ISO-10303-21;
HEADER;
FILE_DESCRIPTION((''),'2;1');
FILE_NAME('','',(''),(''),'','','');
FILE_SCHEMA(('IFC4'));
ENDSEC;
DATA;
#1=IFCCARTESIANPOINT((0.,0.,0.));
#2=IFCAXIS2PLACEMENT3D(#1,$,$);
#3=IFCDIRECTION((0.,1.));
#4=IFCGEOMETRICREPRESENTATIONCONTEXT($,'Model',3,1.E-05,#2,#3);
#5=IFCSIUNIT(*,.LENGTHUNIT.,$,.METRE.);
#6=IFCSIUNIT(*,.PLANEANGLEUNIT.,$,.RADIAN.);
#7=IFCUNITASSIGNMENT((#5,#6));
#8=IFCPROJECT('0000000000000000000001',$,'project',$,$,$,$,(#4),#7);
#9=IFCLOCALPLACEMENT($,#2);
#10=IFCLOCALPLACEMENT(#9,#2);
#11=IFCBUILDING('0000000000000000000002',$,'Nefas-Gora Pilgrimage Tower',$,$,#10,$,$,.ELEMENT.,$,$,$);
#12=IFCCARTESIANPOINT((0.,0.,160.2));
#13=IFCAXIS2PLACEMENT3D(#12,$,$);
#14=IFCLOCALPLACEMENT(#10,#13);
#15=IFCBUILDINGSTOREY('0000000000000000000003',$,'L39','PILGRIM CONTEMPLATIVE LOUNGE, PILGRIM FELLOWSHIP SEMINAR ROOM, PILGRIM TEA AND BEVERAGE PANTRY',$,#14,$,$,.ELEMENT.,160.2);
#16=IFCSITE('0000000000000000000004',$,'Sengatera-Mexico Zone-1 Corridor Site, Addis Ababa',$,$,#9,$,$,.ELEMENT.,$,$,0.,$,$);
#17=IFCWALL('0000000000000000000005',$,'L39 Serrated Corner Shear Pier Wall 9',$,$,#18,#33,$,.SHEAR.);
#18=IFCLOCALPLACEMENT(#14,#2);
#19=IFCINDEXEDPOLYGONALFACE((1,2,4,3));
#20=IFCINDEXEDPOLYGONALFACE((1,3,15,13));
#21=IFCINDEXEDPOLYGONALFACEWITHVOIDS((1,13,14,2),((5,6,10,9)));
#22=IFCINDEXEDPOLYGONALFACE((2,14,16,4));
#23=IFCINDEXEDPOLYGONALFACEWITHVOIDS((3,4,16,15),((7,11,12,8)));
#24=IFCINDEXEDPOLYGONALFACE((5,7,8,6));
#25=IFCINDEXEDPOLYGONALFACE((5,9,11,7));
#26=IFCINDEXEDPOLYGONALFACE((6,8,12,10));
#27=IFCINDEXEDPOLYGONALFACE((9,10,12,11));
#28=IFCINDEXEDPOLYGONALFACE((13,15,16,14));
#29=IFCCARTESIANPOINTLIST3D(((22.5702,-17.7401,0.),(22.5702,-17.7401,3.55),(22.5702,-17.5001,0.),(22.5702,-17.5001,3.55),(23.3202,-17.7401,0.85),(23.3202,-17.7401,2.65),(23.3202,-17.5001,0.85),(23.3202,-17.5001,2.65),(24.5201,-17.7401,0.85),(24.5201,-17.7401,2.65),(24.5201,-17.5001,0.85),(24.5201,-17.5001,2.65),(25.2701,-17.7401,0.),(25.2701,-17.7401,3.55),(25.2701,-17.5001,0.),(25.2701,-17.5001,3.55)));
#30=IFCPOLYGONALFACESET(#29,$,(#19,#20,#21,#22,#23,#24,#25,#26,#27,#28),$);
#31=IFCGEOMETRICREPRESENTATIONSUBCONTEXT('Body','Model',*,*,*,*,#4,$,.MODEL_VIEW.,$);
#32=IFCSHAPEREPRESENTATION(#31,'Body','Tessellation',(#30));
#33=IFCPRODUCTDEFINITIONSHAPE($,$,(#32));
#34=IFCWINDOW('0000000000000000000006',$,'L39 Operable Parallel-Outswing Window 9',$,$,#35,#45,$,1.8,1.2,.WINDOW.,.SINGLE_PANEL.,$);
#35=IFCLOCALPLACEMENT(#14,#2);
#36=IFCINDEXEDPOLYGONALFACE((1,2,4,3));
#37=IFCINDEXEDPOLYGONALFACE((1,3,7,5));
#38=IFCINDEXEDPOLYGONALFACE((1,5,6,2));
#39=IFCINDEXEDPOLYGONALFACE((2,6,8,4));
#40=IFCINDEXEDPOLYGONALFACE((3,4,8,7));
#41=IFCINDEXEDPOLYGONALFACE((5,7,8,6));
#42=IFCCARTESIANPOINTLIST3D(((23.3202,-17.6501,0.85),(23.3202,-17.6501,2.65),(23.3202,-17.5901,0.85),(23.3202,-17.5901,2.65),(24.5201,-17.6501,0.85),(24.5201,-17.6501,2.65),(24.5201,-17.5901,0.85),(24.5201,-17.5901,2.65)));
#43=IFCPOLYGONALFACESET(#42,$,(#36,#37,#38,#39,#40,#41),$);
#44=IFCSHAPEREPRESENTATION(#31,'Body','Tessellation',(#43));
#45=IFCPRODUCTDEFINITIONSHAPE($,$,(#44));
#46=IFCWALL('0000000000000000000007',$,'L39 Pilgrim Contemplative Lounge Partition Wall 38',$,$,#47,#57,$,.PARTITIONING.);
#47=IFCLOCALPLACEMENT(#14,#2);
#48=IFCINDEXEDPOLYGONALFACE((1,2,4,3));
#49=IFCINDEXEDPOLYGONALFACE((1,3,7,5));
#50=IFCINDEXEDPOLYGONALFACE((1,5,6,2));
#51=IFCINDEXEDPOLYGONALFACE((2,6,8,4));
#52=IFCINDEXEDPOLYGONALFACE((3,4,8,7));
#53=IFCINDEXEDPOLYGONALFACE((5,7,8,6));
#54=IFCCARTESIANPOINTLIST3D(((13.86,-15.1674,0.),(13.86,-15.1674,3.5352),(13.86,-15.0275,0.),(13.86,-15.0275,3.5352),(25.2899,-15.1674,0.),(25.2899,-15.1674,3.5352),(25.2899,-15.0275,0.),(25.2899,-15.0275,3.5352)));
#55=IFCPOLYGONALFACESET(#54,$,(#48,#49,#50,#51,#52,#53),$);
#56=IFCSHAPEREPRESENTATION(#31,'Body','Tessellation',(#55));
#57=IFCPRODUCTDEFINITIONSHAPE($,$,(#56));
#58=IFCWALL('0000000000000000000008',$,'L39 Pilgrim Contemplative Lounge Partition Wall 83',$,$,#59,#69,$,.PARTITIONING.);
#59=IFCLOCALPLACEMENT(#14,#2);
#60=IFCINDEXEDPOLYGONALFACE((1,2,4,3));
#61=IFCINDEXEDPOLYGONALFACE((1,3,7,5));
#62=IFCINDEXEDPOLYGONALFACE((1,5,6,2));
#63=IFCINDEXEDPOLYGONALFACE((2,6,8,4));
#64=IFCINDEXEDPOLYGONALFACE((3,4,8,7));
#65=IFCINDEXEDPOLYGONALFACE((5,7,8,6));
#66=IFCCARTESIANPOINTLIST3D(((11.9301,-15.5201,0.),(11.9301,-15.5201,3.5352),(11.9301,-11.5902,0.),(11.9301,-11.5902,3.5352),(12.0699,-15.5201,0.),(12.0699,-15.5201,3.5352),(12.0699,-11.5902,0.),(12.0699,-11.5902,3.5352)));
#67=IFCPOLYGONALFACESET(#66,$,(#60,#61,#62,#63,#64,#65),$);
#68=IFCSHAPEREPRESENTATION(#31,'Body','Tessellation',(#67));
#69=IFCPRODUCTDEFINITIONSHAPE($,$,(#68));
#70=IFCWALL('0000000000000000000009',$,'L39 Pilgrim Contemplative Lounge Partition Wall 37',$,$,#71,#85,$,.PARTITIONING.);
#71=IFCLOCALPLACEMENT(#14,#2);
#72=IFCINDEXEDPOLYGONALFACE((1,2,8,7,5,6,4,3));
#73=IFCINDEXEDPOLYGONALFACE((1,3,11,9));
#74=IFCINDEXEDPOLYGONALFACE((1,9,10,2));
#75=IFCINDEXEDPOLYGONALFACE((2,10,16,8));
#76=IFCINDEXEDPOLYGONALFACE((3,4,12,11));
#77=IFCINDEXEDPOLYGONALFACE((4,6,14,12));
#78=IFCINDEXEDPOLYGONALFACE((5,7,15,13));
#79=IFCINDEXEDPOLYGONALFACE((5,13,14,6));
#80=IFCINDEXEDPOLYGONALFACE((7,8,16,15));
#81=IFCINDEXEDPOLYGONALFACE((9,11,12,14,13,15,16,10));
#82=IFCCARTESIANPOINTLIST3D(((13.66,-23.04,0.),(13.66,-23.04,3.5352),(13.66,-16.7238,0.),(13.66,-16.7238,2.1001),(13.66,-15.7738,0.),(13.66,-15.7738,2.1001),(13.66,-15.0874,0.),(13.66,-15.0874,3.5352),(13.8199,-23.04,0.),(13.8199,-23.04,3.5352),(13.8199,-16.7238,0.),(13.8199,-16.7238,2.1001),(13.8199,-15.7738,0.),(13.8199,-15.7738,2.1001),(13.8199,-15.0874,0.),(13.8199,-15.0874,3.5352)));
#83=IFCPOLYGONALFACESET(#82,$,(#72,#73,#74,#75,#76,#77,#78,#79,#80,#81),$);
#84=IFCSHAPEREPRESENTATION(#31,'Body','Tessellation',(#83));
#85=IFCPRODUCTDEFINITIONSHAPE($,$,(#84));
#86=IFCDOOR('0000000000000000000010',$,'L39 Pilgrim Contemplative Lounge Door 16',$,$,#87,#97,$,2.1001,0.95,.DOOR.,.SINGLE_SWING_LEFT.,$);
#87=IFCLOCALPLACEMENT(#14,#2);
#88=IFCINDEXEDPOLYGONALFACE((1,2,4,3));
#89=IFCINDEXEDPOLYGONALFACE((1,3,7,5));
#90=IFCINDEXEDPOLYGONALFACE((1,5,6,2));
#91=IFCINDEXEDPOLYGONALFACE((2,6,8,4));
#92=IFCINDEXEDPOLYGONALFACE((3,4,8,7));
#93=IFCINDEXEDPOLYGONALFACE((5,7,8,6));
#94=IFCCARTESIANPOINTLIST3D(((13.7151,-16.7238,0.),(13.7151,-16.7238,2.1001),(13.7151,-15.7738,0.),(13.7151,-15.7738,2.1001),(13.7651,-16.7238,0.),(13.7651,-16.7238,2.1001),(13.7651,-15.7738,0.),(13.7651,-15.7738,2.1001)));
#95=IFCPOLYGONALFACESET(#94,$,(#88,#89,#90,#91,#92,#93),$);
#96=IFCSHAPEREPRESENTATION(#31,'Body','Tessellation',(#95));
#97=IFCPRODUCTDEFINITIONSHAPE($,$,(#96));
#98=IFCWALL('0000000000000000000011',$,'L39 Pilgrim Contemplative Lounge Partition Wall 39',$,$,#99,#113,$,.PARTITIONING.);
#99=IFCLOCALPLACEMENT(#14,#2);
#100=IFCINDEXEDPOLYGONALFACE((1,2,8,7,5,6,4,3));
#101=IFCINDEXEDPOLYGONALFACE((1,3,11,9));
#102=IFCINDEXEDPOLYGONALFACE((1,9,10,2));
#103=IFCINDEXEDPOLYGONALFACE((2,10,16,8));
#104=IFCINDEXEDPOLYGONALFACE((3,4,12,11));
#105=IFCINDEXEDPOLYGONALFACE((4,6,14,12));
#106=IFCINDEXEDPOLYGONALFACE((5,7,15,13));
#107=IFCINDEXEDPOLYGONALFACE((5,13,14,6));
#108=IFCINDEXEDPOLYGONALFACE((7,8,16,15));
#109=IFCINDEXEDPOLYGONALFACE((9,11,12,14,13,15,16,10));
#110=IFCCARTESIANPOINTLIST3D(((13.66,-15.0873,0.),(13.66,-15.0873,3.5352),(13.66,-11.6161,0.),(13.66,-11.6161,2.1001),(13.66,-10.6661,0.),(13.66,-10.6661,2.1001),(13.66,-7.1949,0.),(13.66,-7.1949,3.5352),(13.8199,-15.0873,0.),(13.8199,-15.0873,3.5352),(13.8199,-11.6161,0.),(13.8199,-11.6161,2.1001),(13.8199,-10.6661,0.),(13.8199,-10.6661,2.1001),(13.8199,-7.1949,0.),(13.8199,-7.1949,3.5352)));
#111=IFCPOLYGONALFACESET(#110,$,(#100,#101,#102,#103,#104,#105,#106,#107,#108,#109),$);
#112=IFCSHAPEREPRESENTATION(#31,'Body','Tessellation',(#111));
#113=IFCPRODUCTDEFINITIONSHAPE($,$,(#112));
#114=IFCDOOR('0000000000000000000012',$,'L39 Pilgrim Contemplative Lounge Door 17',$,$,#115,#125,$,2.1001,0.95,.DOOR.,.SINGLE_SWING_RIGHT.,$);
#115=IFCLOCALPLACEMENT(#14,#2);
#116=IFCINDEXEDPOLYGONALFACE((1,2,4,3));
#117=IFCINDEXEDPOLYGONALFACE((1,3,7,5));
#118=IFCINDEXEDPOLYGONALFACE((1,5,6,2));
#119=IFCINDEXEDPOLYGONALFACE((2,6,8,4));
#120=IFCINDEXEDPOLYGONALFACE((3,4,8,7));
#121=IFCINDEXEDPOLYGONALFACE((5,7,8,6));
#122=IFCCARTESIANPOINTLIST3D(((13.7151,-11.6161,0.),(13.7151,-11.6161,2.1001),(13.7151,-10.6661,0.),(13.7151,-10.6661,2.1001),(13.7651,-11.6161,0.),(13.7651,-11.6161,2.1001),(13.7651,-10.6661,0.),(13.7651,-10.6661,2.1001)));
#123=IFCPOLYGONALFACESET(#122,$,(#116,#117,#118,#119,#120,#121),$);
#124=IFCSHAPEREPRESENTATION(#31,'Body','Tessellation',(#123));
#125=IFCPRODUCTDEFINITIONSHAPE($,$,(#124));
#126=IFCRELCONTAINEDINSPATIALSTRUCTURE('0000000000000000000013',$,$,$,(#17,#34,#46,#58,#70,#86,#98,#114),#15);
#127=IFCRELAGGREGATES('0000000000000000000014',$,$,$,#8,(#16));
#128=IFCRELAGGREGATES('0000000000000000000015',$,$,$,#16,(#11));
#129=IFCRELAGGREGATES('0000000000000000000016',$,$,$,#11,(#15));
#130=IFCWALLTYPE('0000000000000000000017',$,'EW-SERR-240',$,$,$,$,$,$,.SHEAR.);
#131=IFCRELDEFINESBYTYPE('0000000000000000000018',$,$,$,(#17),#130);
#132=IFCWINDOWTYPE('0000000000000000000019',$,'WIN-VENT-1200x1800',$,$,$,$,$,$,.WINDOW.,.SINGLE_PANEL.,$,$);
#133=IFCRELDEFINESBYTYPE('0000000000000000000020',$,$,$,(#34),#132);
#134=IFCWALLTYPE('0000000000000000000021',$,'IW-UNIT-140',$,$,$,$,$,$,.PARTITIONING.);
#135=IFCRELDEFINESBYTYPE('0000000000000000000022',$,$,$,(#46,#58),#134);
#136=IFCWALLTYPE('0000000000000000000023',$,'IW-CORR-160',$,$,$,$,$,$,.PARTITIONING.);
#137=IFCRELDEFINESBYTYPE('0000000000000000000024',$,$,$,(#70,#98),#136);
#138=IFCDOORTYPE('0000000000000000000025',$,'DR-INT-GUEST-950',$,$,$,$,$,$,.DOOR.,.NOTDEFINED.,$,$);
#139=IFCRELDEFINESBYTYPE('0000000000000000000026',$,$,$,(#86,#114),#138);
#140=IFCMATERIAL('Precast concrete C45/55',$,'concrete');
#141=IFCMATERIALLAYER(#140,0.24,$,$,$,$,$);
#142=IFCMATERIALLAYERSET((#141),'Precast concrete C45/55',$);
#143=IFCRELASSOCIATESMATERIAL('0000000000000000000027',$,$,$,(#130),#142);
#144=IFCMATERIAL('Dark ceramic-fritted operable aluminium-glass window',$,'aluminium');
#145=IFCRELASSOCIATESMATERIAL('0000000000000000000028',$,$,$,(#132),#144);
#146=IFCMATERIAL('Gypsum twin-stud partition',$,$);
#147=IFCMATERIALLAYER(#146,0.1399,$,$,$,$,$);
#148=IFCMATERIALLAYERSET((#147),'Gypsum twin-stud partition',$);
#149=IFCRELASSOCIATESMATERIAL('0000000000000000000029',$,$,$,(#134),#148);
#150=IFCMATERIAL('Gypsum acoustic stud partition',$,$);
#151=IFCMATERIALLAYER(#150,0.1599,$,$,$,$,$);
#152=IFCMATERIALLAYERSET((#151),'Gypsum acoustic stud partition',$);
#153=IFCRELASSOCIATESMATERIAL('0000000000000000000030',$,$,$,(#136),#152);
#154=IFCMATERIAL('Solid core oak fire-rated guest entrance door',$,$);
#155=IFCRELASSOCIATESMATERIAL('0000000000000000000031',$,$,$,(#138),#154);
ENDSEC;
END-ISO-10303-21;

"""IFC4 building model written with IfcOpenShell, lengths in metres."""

from ifc_helpers import new_model, si_unit, direction, frame, frame_2d, origin, place, context, subcontext, project, spatial, rectangle, extrude, source, transform, mapped, material, layer, layer_set, type_object, element, fill, save


model = new_model("IFC4")

# Units and contexts
model_context = context("Model", 3, precision=1e-05, world=origin(), true_north=direction((0.0, 1.0)))
body_context = subcontext(model_context, "Body", "Model", "MODEL_VIEW")
ifc_project = project(units=[si_unit("LENGTHUNIT", "METRE"), si_unit("PLANEANGLEUNIT", "RADIAN")], contexts=[model_context])

# Site, building, storey
site_placement = place(None, origin())
site = spatial("IfcSite", under=ifc_project, at=site_placement, Name="Sengatera-Mexico Zone-1 Corridor Site, Addis Ababa", CompositionType="ELEMENT", RefElevation=0.0)
building_placement = place(site_placement, origin())
building = spatial("IfcBuilding", under=site, at=building_placement, Name="Nefas-Gora Pilgrimage Tower", CompositionType="ELEMENT")
storey_placement = place(building_placement, frame((0.0, 0.0, 160.2)))
storey = spatial("IfcBuildingStorey", under=building, at=storey_placement, Name="L39", Description="PILGRIM CONTEMPLATIVE LOUNGE, PILGRIM FELLOWSHIP SEMINAR ROOM, PILGRIM TEA AND BEVERAGE PANTRY", CompositionType="ELEMENT", Elevation=160.2)

# Shared definitions
ifc_material_1 = material(Name="Precast concrete C45/55", Category="concrete")
ifc_layer_1 = layer(ifc_material_1, 0.24)
ifc_layer_set_1 = layer_set([ifc_layer_1], Name="Precast concrete C45/55")
wall_type_1 = type_object("IfcWallType", Name="EW-SERR-240", PredefinedType="SHEAR", material=ifc_layer_set_1)
shared_shape_1 = source(origin(), body_context, "Body", "SweptSolid", [
    extrude(rectangle(XDim=2.7, YDim=0.24, at=frame_2d((1.3501, 0.0))), origin(), (0.0, 0.0, 1.0), 3.55),
])

# Wall, opening, window
wall_1_placement = place(storey_placement, frame((22.5701, -17.6201, 0.0), z_axis=(0.0, 0.0, 1.0), x_axis=(1.0, 0.0, 0.0)))
wall_1 = element("IfcWall", 1, at=wall_1_placement, inside=storey, type_object=wall_type_1, Name="L39 Serrated Corner Shear Pier Wall 9", PredefinedType="SHEAR", context=body_context, shape_type="MappedRepresentation", body=[
    mapped(shared_shape_1, transform((0.0, 0.0, 0.0), x_axis=(1.0, 0.0, 0.0), y_axis=(0.0, 1.0, 0.0), z_axis=(0.0, 0.0, 1.0), scale=1.0)),
])
opening_1_placement = place(wall_1_placement, frame((0.75, 0.0, 0.8501)))
opening_1 = element("IfcOpeningElement", 2, at=opening_1_placement, cuts=wall_1, PredefinedType="OPENING", context=body_context, shape_type="SweptSolid", body=[
    extrude(rectangle(XDim=1.2, YDim=1.8, at=frame_2d((0.6001, 0.8999))), frame((0.0, 0.1299, 0.0), z_axis=(0.0, -1.0, 0.0), x_axis=(1.0, 0.0, 0.0)), (0.0, 0.0, 1.0), 0.26),
])
ifc_material_2 = material(Name="Dark ceramic-fritted operable aluminium-glass window", Category="aluminium")
window_type = type_object("IfcWindowType", Name="WIN-VENT-1200x1800", PartitioningType="SINGLE_PANEL", PredefinedType="WINDOW", material=ifc_material_2)
shared_shape_2 = source(origin(), body_context, "Body", "SweptSolid", [
    extrude(rectangle(XDim=1.2, YDim=1.8, at=frame_2d((0.6001, 0.8999))), frame((0.0, 0.03, 0.0), z_axis=(0.0, -1.0, 0.0), x_axis=(1.0, 0.0, 0.0)), (0.0, 0.0, 1.0), 0.0601),
])
window_placement = place(opening_1_placement, origin())
window = element("IfcWindow", 3, at=window_placement, inside=storey, type_object=window_type, Name="L39 Operable Parallel-Outswing Window 9", OverallHeight=1.8, OverallWidth=1.2, PartitioningType="SINGLE_PANEL", PredefinedType="WINDOW", context=body_context, shape_type="MappedRepresentation", body=[
    mapped(shared_shape_2, transform((0.0, 0.0, 0.0), x_axis=(1.0, 0.0, 0.0), y_axis=(0.0, 1.0, 0.0), z_axis=(0.0, 0.0, 1.0), scale=1.0)),
])
fill(opening_1, window)

# Walls
ifc_material_3 = material(Name="Gypsum twin-stud partition")
ifc_layer_2 = layer(ifc_material_3, 0.1399)
ifc_layer_set_2 = layer_set([ifc_layer_2], Name="Gypsum twin-stud partition")
wall_type_2 = type_object("IfcWallType", Name="IW-UNIT-140", PredefinedType="PARTITIONING", material=ifc_layer_set_2)
shared_shape_3 = source(origin(), body_context, "Body", "SweptSolid", [
    extrude(rectangle(XDim=11.4299, YDim=0.1399, at=frame_2d((5.7148, 0.0))), origin(), (0.0, 0.0, 1.0), 3.5352),
])
wall_2_placement = place(storey_placement, frame((13.8601, -15.0974, 0.0), z_axis=(0.0, 0.0, 1.0), x_axis=(1.0, 0.0, 0.0)))
element("IfcWall", 4, at=wall_2_placement, inside=storey, type_object=wall_type_2, Name="L39 Pilgrim Contemplative Lounge Partition Wall 38", PredefinedType="PARTITIONING", context=body_context, shape_type="MappedRepresentation", body=[
    mapped(shared_shape_3, transform((0.0, 0.0, 0.0), x_axis=(1.0, 0.0, 0.0), y_axis=(0.0, 1.0, 0.0), z_axis=(0.0, 0.0, 1.0), scale=1.0)),
])
shared_shape_4 = source(origin(), body_context, "Body", "SweptSolid", [
    extrude(rectangle(XDim=3.9299, YDim=0.1399, at=frame_2d((1.9648, 0.0))), origin(), (0.0, 0.0, 1.0), 3.5352),
])
wall_3_placement = place(storey_placement, frame((12.0, -15.52, 0.0), z_axis=(0.0, 0.0, 1.0), x_axis=(0.0, 1.0, 0.0)))
element("IfcWall", 5, at=wall_3_placement, inside=storey, type_object=wall_type_2, Name="L39 Pilgrim Contemplative Lounge Partition Wall 83", PredefinedType="PARTITIONING", context=body_context, shape_type="MappedRepresentation", body=[
    mapped(shared_shape_4, transform((0.0, 0.0, 0.0), x_axis=(1.0, 0.0, 0.0), y_axis=(0.0, 1.0, 0.0), z_axis=(0.0, 0.0, 1.0), scale=1.0)),
])

# Walls, openings, doors
ifc_material_4 = material(Name="Gypsum acoustic stud partition")
ifc_layer_3 = layer(ifc_material_4, 0.1599)
ifc_layer_set_3 = layer_set([ifc_layer_3], Name="Gypsum acoustic stud partition")
wall_type_3 = type_object("IfcWallType", Name="IW-CORR-160", PredefinedType="PARTITIONING", material=ifc_layer_set_3)
shared_shape_5 = source(origin(), body_context, "Body", "SweptSolid", [
    extrude(rectangle(XDim=7.9526, YDim=0.1599, at=frame_2d((3.9763, 0.0))), origin(), (0.0, 0.0, 1.0), 3.5352),
])
wall_4_placement = place(storey_placement, frame((13.74, -23.04, 0.0), z_axis=(0.0, 0.0, 1.0), x_axis=(0.0, 1.0, 0.0)))
wall_4 = element("IfcWall", 6, at=wall_4_placement, inside=storey, type_object=wall_type_3, Name="L39 Pilgrim Contemplative Lounge Partition Wall 37", PredefinedType="PARTITIONING", context=body_context, shape_type="MappedRepresentation", body=[
    mapped(shared_shape_5, transform((0.0, 0.0, 0.0), x_axis=(1.0, 0.0, 0.0), y_axis=(0.0, 1.0, 0.0), z_axis=(0.0, 0.0, 1.0), scale=1.0)),
])
opening_2_placement = place(wall_4_placement, frame((6.3162, 0.0, 0.0)))
opening_2 = element("IfcOpeningElement", 7, at=opening_2_placement, cuts=wall_4, PredefinedType="OPENING", context=body_context, shape_type="SweptSolid", body=[
    extrude(rectangle(XDim=0.95, YDim=2.1001, at=frame_2d((0.4751, 1.05))), frame((0.0, 0.0898, 0.0), z_axis=(0.0, -1.0, 0.0), x_axis=(1.0, 0.0, 0.0)), (0.0, 0.0, 1.0), 0.1799),
])
ifc_material_5 = material(Name="Solid core oak fire-rated guest entrance door")
door_type = type_object("IfcDoorType", Name="DR-INT-GUEST-950", OperationType="NOTDEFINED", PredefinedType="DOOR", material=ifc_material_5)
shared_shape_6 = source(origin(), body_context, "Body", "SweptSolid", [
    extrude(rectangle(XDim=0.95, YDim=2.1001, at=frame_2d((0.4751, 1.05))), frame((0.0, 0.0249, 0.0), z_axis=(0.0, -1.0, 0.0), x_axis=(1.0, 0.0, 0.0)), (0.0, 0.0, 1.0), 0.05),
])
door_1_placement = place(opening_2_placement, origin())
door_1 = element("IfcDoor", 8, at=door_1_placement, inside=storey, type_object=door_type, Name="L39 Pilgrim Contemplative Lounge Door 16", OperationType="SINGLE_SWING_LEFT", OverallHeight=2.1001, OverallWidth=0.95, PredefinedType="DOOR", context=body_context, shape_type="MappedRepresentation", body=[
    mapped(shared_shape_6, transform((0.0, 0.0, 0.0), x_axis=(1.0, 0.0, 0.0), y_axis=(0.0, 1.0, 0.0), z_axis=(0.0, 0.0, 1.0), scale=1.0)),
])
fill(opening_2, door_1)
shared_shape_7 = source(origin(), body_context, "Body", "SweptSolid", [
    extrude(rectangle(XDim=7.8923, YDim=0.1599, at=frame_2d((3.9463, 0.0))), origin(), (0.0, 0.0, 1.0), 3.5352),
])
wall_5_placement = place(storey_placement, frame((13.74, -15.0874, 0.0), z_axis=(0.0, 0.0, 1.0), x_axis=(0.0, 1.0, 0.0)))
wall_5 = element("IfcWall", 9, at=wall_5_placement, inside=storey, type_object=wall_type_3, Name="L39 Pilgrim Contemplative Lounge Partition Wall 39", PredefinedType="PARTITIONING", context=body_context, shape_type="MappedRepresentation", body=[
    mapped(shared_shape_7, transform((0.0, 0.0, 0.0), x_axis=(1.0, 0.0, 0.0), y_axis=(0.0, 1.0, 0.0), z_axis=(0.0, 0.0, 1.0), scale=1.0)),
])
opening_3_placement = place(wall_5_placement, frame((3.4712, 0.0, 0.0)))
opening_3 = element("IfcOpeningElement", 10, at=opening_3_placement, cuts=wall_5, PredefinedType="OPENING", context=body_context, shape_type="SweptSolid", body=[
    extrude(rectangle(XDim=0.95, YDim=2.1001, at=frame_2d((0.4751, 1.05))), frame((0.0, 0.0898, 0.0), z_axis=(0.0, -1.0, 0.0), x_axis=(1.0, 0.0, 0.0)), (0.0, 0.0, 1.0), 0.1799),
])
door_2_placement = place(opening_3_placement, origin())
door_2 = element("IfcDoor", 11, at=door_2_placement, inside=storey, type_object=door_type, Name="L39 Pilgrim Contemplative Lounge Door 17", OperationType="SINGLE_SWING_RIGHT", OverallHeight=2.1001, OverallWidth=0.95, PredefinedType="DOOR", context=body_context, shape_type="MappedRepresentation", body=[
    mapped(shared_shape_6, transform((0.0, 0.0, 0.0), x_axis=(1.0, 0.0, 0.0), y_axis=(0.0, 1.0, 0.0), z_axis=(0.0, 0.0, 1.0), scale=1.0)),
])
fill(opening_3, door_2)

save(model, "model.ifc")
